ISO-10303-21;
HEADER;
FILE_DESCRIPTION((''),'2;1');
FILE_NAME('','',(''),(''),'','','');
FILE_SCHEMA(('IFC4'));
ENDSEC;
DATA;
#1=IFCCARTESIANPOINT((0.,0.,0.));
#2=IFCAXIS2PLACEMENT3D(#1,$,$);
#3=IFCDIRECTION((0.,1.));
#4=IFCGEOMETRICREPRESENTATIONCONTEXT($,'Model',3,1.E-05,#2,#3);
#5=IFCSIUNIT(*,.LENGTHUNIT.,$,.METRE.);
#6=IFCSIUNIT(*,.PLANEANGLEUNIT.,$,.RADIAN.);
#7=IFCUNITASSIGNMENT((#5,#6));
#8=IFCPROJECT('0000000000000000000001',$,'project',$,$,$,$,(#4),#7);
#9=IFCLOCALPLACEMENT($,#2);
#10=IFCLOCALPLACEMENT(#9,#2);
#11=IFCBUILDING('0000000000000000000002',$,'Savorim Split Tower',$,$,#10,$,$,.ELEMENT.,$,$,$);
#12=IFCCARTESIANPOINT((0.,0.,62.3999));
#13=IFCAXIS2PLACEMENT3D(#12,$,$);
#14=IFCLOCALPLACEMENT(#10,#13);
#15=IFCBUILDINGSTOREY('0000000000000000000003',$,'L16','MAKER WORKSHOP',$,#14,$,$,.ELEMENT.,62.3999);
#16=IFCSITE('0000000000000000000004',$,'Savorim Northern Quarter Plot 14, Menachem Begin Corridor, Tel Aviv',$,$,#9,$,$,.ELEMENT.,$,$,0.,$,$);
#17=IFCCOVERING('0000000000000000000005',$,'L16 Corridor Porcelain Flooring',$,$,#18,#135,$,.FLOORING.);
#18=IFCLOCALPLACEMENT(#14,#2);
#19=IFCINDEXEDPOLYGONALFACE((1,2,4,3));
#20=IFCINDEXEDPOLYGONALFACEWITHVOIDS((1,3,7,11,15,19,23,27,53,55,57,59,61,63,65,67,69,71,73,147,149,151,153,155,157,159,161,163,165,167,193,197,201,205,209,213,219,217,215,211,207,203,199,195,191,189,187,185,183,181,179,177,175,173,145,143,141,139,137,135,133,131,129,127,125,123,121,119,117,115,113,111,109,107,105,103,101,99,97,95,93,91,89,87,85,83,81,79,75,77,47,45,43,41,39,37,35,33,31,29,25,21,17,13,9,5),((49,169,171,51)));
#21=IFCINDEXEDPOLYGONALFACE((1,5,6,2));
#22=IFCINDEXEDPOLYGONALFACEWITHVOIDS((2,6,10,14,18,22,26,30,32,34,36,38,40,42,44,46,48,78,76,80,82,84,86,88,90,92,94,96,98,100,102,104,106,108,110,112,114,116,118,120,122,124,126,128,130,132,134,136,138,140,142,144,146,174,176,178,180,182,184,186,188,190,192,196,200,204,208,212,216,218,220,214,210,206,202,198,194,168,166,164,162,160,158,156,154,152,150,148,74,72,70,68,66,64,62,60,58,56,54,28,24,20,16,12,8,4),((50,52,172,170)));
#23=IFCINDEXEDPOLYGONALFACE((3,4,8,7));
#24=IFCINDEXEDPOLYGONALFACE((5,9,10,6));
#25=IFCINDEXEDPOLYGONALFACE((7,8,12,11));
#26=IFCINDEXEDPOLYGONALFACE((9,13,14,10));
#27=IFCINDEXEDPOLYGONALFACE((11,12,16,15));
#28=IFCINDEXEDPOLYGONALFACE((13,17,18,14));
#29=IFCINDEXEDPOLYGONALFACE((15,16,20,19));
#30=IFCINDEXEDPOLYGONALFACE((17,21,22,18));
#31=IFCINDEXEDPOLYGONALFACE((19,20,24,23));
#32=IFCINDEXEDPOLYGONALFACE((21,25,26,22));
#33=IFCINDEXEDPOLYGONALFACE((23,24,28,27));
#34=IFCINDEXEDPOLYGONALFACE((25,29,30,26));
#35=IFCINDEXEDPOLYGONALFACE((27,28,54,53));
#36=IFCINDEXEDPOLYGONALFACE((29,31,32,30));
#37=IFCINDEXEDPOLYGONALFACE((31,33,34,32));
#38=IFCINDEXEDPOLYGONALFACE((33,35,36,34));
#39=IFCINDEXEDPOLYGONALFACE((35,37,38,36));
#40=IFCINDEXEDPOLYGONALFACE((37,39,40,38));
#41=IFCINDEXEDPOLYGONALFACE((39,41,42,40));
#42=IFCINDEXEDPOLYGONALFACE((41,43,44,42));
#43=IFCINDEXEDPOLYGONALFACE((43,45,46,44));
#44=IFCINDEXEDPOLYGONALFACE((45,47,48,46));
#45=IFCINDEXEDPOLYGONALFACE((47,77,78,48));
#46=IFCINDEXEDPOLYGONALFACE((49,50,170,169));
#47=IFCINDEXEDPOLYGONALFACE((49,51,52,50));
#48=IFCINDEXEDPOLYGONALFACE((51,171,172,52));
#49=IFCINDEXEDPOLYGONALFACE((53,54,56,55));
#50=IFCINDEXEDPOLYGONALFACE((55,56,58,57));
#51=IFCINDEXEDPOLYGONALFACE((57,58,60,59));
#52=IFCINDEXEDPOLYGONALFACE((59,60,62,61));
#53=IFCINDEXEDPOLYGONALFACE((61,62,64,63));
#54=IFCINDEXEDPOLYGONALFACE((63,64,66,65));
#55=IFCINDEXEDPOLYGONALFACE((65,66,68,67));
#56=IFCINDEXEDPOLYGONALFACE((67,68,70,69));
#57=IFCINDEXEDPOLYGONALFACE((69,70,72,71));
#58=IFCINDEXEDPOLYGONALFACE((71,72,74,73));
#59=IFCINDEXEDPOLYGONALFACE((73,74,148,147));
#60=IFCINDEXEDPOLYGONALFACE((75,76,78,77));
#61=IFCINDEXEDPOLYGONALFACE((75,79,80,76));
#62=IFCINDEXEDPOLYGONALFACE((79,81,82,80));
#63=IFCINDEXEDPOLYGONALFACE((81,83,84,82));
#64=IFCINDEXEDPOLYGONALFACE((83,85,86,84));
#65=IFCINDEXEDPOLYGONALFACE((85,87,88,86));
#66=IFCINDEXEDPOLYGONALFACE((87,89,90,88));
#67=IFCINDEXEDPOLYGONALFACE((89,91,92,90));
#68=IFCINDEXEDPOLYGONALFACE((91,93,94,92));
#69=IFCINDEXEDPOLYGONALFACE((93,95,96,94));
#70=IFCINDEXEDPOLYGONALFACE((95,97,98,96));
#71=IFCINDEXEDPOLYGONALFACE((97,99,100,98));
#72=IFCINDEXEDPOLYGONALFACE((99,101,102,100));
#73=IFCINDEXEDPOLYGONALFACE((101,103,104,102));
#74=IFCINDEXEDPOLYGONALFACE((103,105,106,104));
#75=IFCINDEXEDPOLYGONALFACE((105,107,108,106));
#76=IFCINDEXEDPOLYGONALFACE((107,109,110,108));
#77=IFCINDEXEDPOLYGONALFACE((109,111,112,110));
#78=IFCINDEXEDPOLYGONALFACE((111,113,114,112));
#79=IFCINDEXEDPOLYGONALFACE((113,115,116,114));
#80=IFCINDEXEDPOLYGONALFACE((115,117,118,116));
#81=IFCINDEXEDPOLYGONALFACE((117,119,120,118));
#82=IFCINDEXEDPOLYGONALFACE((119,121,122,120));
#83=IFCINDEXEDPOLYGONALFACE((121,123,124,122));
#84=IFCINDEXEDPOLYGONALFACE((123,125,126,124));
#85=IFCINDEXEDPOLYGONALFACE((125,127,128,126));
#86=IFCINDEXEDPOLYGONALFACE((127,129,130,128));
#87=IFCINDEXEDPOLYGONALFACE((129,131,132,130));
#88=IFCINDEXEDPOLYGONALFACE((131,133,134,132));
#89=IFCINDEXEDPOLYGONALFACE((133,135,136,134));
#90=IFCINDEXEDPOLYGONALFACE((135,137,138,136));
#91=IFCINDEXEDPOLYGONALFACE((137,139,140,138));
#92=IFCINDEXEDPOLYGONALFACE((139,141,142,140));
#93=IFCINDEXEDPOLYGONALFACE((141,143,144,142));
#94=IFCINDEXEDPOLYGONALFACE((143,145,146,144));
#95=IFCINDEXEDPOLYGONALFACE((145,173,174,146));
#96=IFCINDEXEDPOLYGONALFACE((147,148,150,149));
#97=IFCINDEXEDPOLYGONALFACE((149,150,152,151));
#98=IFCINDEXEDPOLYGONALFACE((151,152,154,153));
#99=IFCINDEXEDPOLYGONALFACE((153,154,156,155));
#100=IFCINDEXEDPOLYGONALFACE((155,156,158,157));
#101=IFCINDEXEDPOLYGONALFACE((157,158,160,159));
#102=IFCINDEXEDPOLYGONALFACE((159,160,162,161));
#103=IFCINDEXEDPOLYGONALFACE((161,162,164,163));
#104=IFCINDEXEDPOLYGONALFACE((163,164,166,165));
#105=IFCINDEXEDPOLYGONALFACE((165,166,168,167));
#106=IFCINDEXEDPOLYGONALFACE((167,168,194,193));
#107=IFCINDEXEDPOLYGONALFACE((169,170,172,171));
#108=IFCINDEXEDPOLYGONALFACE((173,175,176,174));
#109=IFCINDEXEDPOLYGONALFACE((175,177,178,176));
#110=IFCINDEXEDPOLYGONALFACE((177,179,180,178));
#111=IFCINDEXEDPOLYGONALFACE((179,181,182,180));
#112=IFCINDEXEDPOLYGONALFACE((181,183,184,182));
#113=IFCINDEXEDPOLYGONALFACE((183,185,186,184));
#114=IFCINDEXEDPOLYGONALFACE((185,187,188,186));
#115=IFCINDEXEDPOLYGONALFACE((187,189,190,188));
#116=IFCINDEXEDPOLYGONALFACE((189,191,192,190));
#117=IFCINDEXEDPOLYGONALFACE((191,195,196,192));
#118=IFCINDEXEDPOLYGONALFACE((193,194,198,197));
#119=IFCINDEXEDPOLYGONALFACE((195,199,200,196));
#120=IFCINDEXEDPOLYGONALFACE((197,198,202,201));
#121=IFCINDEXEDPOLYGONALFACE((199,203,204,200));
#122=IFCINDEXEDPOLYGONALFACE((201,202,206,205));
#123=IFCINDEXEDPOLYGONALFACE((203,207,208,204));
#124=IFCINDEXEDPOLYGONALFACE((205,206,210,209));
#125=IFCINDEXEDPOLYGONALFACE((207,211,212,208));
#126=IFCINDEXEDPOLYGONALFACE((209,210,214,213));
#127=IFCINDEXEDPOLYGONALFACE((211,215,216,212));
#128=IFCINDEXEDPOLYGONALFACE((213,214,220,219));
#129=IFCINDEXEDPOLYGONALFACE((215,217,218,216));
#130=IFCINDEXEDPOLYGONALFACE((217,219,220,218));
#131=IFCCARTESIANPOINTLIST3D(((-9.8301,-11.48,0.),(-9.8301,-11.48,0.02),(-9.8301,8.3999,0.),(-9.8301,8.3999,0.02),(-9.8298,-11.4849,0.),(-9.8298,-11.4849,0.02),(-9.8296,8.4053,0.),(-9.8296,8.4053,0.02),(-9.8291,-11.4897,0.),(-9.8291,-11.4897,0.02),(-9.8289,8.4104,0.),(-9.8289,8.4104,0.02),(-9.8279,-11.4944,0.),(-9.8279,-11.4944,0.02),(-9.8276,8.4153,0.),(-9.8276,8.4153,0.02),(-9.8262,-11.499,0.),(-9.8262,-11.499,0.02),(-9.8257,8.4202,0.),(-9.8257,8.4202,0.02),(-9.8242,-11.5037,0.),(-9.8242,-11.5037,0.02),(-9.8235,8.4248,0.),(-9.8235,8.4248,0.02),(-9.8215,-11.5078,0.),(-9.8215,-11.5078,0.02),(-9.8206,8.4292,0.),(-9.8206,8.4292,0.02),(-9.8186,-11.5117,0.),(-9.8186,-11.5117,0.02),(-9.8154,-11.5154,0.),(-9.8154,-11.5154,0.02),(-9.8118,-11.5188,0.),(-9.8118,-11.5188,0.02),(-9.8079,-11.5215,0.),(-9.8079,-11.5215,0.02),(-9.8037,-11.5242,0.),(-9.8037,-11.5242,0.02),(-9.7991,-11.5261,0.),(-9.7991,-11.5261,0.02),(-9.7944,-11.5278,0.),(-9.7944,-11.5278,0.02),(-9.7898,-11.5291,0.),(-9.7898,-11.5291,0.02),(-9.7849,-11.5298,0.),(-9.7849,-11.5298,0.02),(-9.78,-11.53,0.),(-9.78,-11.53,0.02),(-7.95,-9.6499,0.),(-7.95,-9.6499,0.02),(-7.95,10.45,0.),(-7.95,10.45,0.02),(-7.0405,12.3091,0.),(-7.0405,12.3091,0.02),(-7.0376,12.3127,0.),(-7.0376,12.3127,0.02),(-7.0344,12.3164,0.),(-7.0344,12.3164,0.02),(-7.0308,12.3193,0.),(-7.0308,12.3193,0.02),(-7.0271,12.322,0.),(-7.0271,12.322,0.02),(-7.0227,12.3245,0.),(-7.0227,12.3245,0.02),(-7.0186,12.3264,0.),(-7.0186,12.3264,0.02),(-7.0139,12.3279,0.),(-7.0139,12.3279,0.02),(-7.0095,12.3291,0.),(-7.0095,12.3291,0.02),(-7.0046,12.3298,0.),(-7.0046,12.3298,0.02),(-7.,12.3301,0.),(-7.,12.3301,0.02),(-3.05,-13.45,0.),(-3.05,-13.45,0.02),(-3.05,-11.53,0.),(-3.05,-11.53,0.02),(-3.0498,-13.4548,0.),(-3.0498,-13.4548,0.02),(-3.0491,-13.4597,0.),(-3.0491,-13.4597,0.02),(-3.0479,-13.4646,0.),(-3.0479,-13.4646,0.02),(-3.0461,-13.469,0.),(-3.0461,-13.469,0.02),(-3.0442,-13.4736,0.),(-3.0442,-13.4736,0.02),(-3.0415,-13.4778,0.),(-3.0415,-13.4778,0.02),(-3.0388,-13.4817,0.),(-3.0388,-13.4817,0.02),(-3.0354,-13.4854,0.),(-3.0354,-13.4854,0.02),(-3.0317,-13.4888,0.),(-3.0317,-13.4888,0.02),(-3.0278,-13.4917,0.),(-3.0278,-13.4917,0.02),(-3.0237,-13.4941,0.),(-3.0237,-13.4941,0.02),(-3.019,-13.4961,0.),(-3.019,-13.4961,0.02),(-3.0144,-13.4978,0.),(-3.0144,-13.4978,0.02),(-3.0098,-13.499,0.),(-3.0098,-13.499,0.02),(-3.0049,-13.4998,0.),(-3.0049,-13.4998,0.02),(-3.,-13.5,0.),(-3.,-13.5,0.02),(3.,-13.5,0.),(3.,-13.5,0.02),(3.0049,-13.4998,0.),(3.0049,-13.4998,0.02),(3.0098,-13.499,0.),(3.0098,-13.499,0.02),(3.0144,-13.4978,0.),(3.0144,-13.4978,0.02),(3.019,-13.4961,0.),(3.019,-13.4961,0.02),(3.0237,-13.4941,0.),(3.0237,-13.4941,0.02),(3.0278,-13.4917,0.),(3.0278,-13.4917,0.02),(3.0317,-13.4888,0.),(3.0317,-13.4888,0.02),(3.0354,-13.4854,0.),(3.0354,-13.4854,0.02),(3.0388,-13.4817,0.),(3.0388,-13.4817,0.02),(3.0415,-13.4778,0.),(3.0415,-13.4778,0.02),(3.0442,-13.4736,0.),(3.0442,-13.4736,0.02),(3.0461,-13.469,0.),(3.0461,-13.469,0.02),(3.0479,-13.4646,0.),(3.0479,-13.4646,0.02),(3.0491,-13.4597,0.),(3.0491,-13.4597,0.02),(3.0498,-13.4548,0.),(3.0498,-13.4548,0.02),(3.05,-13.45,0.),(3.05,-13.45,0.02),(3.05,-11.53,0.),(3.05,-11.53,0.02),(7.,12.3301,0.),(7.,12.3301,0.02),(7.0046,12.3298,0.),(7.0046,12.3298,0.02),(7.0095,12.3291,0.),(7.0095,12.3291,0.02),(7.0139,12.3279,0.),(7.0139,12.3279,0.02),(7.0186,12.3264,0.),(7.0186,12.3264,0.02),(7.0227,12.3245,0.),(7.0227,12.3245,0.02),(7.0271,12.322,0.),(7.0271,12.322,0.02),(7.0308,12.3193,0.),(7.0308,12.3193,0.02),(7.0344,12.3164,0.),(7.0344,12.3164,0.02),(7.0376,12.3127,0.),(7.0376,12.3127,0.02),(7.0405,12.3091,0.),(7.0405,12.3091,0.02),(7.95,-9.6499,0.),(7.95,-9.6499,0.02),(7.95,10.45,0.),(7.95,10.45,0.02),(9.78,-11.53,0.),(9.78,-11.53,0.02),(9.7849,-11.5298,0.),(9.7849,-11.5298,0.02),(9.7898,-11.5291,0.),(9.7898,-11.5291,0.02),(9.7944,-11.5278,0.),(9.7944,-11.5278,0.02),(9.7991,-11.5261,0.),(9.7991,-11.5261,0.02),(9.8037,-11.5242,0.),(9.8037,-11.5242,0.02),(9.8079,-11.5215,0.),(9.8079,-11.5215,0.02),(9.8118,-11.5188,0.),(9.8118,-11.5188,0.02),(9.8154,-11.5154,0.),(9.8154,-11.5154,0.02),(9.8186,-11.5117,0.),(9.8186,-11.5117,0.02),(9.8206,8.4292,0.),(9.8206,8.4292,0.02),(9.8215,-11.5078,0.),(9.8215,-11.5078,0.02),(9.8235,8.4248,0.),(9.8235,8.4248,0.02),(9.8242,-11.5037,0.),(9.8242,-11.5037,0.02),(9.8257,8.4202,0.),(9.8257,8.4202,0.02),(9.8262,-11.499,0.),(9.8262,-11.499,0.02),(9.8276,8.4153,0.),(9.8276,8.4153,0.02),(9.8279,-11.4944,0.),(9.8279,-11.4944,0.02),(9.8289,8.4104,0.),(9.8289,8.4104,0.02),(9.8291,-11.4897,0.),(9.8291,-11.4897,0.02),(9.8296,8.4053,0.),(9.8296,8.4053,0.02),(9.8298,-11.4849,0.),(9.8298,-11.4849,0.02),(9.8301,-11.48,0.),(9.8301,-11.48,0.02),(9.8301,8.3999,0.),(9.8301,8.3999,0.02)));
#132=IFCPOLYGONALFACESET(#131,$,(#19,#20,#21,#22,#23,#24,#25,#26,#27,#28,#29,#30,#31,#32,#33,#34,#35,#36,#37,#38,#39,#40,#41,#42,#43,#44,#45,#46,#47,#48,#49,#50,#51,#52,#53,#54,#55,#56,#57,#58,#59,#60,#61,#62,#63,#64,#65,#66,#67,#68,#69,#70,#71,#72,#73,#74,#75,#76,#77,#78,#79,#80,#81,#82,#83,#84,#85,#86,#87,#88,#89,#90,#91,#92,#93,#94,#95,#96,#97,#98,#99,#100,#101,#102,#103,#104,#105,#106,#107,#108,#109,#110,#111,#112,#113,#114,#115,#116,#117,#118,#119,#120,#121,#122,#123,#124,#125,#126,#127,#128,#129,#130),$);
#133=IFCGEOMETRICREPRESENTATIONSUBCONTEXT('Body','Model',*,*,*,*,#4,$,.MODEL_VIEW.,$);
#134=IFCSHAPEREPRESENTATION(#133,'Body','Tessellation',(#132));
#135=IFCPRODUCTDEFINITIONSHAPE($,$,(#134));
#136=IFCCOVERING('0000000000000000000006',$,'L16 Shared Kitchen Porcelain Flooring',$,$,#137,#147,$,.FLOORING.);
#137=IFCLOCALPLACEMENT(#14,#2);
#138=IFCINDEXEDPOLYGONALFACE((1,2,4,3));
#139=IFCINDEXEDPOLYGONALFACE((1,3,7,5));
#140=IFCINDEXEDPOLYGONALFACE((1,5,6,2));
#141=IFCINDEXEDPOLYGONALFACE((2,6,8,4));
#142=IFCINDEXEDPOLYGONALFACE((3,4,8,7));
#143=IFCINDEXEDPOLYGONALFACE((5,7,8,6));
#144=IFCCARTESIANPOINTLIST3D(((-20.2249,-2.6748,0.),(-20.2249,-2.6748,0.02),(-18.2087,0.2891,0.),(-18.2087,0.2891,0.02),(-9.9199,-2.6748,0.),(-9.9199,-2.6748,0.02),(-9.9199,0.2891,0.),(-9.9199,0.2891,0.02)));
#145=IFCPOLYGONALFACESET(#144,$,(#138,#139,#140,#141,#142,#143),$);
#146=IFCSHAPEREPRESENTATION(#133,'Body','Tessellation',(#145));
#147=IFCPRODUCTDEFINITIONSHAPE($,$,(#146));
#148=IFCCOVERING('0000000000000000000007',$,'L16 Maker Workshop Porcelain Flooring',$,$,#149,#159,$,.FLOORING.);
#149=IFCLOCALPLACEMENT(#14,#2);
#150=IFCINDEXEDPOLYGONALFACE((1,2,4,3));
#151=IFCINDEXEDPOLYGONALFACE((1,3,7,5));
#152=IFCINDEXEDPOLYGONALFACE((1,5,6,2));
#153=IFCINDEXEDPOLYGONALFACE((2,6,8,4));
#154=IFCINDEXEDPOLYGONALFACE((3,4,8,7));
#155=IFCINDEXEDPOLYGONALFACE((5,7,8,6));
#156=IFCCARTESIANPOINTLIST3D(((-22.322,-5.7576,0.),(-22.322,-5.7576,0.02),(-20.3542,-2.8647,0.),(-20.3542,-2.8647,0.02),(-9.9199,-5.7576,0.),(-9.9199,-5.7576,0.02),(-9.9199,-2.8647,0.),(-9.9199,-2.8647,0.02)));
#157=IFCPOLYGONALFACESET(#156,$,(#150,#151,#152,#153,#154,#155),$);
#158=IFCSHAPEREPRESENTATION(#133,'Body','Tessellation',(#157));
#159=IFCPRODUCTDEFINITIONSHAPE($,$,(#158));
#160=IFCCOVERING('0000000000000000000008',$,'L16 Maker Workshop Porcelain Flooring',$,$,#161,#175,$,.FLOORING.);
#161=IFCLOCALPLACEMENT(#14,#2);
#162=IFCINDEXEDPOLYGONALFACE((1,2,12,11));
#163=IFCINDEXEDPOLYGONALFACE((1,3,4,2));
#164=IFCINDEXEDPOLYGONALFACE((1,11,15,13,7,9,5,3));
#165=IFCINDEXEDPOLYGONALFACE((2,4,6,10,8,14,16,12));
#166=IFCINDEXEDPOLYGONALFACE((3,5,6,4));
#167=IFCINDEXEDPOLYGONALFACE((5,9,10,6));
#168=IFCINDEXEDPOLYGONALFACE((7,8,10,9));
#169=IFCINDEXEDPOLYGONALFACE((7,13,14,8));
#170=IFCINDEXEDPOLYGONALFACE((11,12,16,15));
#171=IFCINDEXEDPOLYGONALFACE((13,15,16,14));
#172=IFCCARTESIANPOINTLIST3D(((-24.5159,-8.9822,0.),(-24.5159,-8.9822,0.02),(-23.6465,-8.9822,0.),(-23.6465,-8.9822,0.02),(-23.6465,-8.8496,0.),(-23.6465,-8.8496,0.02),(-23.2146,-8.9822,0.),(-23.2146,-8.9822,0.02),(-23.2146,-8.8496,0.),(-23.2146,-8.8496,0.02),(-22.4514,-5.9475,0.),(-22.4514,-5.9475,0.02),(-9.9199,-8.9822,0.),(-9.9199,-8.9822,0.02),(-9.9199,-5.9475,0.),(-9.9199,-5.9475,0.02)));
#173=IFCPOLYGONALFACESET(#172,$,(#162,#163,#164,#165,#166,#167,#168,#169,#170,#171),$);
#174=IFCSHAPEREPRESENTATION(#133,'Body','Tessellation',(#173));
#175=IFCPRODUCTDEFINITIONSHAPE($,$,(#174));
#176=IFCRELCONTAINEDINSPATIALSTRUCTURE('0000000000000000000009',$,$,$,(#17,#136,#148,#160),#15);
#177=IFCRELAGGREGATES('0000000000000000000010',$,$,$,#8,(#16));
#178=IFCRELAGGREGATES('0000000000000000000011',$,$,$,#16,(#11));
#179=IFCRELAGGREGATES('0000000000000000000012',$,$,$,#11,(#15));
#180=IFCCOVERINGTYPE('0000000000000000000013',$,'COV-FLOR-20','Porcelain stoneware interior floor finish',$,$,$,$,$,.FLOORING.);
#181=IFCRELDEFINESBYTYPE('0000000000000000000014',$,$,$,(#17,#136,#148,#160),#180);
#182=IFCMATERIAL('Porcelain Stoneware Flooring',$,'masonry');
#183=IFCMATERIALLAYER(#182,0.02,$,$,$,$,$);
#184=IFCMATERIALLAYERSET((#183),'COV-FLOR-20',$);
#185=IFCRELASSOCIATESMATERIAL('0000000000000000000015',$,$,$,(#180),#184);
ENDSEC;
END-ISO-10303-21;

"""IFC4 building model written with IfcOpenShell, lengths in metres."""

from ifc_helpers import new_model, si_unit, direction, frame, origin, place, context, subcontext, project, spatial, polyline, outline, extrude, material, layer, layer_set, type_object, element, save


model = new_model("IFC4")

# Units and contexts
model_context = context("Model", 3, precision=1e-05, world=origin(), true_north=direction((0.0, 1.0)))
body_context = subcontext(model_context, "Body", "Model", "MODEL_VIEW")
ifc_project = project(units=[si_unit("LENGTHUNIT", "METRE"), si_unit("PLANEANGLEUNIT", "RADIAN")], contexts=[model_context])

# Site, building, storey
site_placement = place(None, origin())
site = spatial("IfcSite", under=ifc_project, at=site_placement, Name="Savorim Northern Quarter Plot 14, Menachem Begin Corridor, Tel Aviv", CompositionType="ELEMENT", RefElevation=0.0)
building_placement = place(site_placement, origin())
building = spatial("IfcBuilding", under=site, at=building_placement, Name="Savorim Split Tower", CompositionType="ELEMENT")
storey_placement = place(building_placement, frame((0.0, 0.0, 62.3999)))
storey = spatial("IfcBuildingStorey", under=building, at=storey_placement, Name="L16", Description="MAKER WORKSHOP", CompositionType="ELEMENT", Elevation=62.3999)

# Coverings
ifc_material_1 = material(Name="Porcelain Stoneware Flooring", Category="masonry")
ifc_layer_1 = layer(ifc_material_1, 0.02)
ifc_layer_set_1 = layer_set([ifc_layer_1], Name="COV-FLOR-20")
covering_type_1 = type_object("IfcCoveringType", Name="COV-FLOR-20", Description="Porcelain stoneware interior floor finish", PredefinedType="FLOORING", material=ifc_layer_set_1)
covering_1_placement = place(storey_placement, origin())
element("IfcCovering", 1, at=covering_1_placement, inside=storey, type_object=covering_type_1, Name="L16 Corridor Porcelain Flooring", PredefinedType="FLOORING", context=body_context, shape_type="SweptSolid", body=[
    extrude(outline(polyline([(7.0095, 12.3291), (7.0046, 12.3298), (7.0, 12.3301), (-7.0, 12.3301), (-7.0046, 12.3298), (-7.0095, 12.3291), (-7.0139, 12.3279), (-7.0186, 12.3264), (-7.0227, 12.3245), (-7.0271, 12.322), (-7.0308, 12.3193), (-7.0344, 12.3164), (-7.0376, 12.3127), (-7.0405, 12.3091), (-9.8206, 8.4292), (-9.8235, 8.4248), (-9.8257, 8.4202), (-9.8276, 8.4153), (-9.8289, 8.4104), (-9.8296, 8.4053), (-9.8301, 8.3999), (-9.8301, -11.48), (-9.8298, -11.4849), (-9.8291, -11.4897), (-9.8279, -11.4944), (-9.8262, -11.499), (-9.8242, -11.5037), (-9.8215, -11.5078), (-9.8186, -11.5117), (-9.8154, -11.5154), (-9.8118, -11.5188), (-9.8079, -11.5215), (-9.8037, -11.5242), (-9.7991, -11.5261), (-9.7944, -11.5278), (-9.7898, -11.5291), (-9.7849, -11.5298), (-9.78, -11.53), (-3.05, -11.53), (-3.05, -13.45), (-3.0498, -13.4548), (-3.0491, -13.4597), (-3.0479, -13.4646), (-3.0461, -13.469), (-3.0442, -13.4736), (-3.0415, -13.4778), (-3.0388, -13.4817), (-3.0354, -13.4854), (-3.0317, -13.4888), (-3.0278, -13.4917), (-3.0237, -13.4941), (-3.019, -13.4961), (-3.0144, -13.4978), (-3.0098, -13.499), (-3.0049, -13.4998), (-3.0, -13.5), (3.0, -13.5), (3.0049, -13.4998), (3.0098, -13.499), (3.0144, -13.4978), (3.019, -13.4961), (3.0237, -13.4941), (3.0278, -13.4917), (3.0317, -13.4888), (3.0354, -13.4854), (3.0388, -13.4817), (3.0415, -13.4778), (3.0442, -13.4736), (3.0461, -13.469), (3.0479, -13.4646), (3.0491, -13.4597), (3.0498, -13.4548), (3.05, -13.45), (3.05, -11.53), (9.78, -11.53), (9.7849, -11.5298), (9.7898, -11.5291), (9.7944, -11.5278), (9.7991, -11.5261), (9.8037, -11.5242), (9.8079, -11.5215), (9.8118, -11.5188), (9.8154, -11.5154), (9.8186, -11.5117), (9.8215, -11.5078), (9.8242, -11.5037), (9.8262, -11.499), (9.8279, -11.4944), (9.8291, -11.4897), (9.8298, -11.4849), (9.8301, -11.48), (9.8301, 8.3999), (9.8296, 8.4053), (9.8289, 8.4104), (9.8276, 8.4153), (9.8257, 8.4202), (9.8235, 8.4248), (9.8206, 8.4292), (7.0405, 12.3091), (7.0376, 12.3127), (7.0344, 12.3164), (7.0308, 12.3193), (7.0271, 12.322), (7.0227, 12.3245), (7.0186, 12.3264), (7.0139, 12.3279), (7.0095, 12.3291)]), holes=[polyline([(-7.95, 10.45), (-7.95, -9.6499), (7.95, -9.6499), (7.95, 10.45), (-7.95, 10.45)])]), origin(), (0.0, 0.0, 1.0), 0.02),
])
covering_2_placement = place(storey_placement, origin())
element("IfcCovering", 2, at=covering_2_placement, inside=storey, type_object=covering_type_1, Name="L16 Shared Kitchen Porcelain Flooring", PredefinedType="FLOORING", context=body_context, shape_type="SweptSolid", body=[
    extrude(outline(polyline([(-18.2087, 0.2891), (-20.2249, -2.6748), (-9.9199, -2.6748), (-9.9199, 0.2891), (-18.2087, 0.2891)])), origin(), (0.0, 0.0, 1.0), 0.02),
])
covering_3_placement = place(storey_placement, origin())
element("IfcCovering", 3, at=covering_3_placement, inside=storey, type_object=covering_type_1, Name="L16 Maker Workshop Porcelain Flooring", PredefinedType="FLOORING", context=body_context, shape_type="SweptSolid", body=[
    extrude(outline(polyline([(-20.3542, -2.8647), (-22.322, -5.7576), (-9.9199, -5.7576), (-9.9199, -2.8647), (-20.3542, -2.8647)])), origin(), (0.0, 0.0, 1.0), 0.02),
])
covering_4_placement = place(storey_placement, origin())
element("IfcCovering", 4, at=covering_4_placement, inside=storey, type_object=covering_type_1, Name="L16 Maker Workshop Porcelain Flooring", PredefinedType="FLOORING", context=body_context, shape_type="SweptSolid", body=[
    extrude(outline(polyline([(-23.2146, -8.8496), (-23.2146, -8.9822), (-9.9199, -8.9822), (-9.9199, -5.9475), (-22.4514, -5.9475), (-24.5159, -8.9822), (-23.6465, -8.9822), (-23.6465, -8.8496), (-23.2146, -8.8496)])), origin(), (0.0, 0.0, 1.0), 0.02),
])

save(model, "model.ifc")
